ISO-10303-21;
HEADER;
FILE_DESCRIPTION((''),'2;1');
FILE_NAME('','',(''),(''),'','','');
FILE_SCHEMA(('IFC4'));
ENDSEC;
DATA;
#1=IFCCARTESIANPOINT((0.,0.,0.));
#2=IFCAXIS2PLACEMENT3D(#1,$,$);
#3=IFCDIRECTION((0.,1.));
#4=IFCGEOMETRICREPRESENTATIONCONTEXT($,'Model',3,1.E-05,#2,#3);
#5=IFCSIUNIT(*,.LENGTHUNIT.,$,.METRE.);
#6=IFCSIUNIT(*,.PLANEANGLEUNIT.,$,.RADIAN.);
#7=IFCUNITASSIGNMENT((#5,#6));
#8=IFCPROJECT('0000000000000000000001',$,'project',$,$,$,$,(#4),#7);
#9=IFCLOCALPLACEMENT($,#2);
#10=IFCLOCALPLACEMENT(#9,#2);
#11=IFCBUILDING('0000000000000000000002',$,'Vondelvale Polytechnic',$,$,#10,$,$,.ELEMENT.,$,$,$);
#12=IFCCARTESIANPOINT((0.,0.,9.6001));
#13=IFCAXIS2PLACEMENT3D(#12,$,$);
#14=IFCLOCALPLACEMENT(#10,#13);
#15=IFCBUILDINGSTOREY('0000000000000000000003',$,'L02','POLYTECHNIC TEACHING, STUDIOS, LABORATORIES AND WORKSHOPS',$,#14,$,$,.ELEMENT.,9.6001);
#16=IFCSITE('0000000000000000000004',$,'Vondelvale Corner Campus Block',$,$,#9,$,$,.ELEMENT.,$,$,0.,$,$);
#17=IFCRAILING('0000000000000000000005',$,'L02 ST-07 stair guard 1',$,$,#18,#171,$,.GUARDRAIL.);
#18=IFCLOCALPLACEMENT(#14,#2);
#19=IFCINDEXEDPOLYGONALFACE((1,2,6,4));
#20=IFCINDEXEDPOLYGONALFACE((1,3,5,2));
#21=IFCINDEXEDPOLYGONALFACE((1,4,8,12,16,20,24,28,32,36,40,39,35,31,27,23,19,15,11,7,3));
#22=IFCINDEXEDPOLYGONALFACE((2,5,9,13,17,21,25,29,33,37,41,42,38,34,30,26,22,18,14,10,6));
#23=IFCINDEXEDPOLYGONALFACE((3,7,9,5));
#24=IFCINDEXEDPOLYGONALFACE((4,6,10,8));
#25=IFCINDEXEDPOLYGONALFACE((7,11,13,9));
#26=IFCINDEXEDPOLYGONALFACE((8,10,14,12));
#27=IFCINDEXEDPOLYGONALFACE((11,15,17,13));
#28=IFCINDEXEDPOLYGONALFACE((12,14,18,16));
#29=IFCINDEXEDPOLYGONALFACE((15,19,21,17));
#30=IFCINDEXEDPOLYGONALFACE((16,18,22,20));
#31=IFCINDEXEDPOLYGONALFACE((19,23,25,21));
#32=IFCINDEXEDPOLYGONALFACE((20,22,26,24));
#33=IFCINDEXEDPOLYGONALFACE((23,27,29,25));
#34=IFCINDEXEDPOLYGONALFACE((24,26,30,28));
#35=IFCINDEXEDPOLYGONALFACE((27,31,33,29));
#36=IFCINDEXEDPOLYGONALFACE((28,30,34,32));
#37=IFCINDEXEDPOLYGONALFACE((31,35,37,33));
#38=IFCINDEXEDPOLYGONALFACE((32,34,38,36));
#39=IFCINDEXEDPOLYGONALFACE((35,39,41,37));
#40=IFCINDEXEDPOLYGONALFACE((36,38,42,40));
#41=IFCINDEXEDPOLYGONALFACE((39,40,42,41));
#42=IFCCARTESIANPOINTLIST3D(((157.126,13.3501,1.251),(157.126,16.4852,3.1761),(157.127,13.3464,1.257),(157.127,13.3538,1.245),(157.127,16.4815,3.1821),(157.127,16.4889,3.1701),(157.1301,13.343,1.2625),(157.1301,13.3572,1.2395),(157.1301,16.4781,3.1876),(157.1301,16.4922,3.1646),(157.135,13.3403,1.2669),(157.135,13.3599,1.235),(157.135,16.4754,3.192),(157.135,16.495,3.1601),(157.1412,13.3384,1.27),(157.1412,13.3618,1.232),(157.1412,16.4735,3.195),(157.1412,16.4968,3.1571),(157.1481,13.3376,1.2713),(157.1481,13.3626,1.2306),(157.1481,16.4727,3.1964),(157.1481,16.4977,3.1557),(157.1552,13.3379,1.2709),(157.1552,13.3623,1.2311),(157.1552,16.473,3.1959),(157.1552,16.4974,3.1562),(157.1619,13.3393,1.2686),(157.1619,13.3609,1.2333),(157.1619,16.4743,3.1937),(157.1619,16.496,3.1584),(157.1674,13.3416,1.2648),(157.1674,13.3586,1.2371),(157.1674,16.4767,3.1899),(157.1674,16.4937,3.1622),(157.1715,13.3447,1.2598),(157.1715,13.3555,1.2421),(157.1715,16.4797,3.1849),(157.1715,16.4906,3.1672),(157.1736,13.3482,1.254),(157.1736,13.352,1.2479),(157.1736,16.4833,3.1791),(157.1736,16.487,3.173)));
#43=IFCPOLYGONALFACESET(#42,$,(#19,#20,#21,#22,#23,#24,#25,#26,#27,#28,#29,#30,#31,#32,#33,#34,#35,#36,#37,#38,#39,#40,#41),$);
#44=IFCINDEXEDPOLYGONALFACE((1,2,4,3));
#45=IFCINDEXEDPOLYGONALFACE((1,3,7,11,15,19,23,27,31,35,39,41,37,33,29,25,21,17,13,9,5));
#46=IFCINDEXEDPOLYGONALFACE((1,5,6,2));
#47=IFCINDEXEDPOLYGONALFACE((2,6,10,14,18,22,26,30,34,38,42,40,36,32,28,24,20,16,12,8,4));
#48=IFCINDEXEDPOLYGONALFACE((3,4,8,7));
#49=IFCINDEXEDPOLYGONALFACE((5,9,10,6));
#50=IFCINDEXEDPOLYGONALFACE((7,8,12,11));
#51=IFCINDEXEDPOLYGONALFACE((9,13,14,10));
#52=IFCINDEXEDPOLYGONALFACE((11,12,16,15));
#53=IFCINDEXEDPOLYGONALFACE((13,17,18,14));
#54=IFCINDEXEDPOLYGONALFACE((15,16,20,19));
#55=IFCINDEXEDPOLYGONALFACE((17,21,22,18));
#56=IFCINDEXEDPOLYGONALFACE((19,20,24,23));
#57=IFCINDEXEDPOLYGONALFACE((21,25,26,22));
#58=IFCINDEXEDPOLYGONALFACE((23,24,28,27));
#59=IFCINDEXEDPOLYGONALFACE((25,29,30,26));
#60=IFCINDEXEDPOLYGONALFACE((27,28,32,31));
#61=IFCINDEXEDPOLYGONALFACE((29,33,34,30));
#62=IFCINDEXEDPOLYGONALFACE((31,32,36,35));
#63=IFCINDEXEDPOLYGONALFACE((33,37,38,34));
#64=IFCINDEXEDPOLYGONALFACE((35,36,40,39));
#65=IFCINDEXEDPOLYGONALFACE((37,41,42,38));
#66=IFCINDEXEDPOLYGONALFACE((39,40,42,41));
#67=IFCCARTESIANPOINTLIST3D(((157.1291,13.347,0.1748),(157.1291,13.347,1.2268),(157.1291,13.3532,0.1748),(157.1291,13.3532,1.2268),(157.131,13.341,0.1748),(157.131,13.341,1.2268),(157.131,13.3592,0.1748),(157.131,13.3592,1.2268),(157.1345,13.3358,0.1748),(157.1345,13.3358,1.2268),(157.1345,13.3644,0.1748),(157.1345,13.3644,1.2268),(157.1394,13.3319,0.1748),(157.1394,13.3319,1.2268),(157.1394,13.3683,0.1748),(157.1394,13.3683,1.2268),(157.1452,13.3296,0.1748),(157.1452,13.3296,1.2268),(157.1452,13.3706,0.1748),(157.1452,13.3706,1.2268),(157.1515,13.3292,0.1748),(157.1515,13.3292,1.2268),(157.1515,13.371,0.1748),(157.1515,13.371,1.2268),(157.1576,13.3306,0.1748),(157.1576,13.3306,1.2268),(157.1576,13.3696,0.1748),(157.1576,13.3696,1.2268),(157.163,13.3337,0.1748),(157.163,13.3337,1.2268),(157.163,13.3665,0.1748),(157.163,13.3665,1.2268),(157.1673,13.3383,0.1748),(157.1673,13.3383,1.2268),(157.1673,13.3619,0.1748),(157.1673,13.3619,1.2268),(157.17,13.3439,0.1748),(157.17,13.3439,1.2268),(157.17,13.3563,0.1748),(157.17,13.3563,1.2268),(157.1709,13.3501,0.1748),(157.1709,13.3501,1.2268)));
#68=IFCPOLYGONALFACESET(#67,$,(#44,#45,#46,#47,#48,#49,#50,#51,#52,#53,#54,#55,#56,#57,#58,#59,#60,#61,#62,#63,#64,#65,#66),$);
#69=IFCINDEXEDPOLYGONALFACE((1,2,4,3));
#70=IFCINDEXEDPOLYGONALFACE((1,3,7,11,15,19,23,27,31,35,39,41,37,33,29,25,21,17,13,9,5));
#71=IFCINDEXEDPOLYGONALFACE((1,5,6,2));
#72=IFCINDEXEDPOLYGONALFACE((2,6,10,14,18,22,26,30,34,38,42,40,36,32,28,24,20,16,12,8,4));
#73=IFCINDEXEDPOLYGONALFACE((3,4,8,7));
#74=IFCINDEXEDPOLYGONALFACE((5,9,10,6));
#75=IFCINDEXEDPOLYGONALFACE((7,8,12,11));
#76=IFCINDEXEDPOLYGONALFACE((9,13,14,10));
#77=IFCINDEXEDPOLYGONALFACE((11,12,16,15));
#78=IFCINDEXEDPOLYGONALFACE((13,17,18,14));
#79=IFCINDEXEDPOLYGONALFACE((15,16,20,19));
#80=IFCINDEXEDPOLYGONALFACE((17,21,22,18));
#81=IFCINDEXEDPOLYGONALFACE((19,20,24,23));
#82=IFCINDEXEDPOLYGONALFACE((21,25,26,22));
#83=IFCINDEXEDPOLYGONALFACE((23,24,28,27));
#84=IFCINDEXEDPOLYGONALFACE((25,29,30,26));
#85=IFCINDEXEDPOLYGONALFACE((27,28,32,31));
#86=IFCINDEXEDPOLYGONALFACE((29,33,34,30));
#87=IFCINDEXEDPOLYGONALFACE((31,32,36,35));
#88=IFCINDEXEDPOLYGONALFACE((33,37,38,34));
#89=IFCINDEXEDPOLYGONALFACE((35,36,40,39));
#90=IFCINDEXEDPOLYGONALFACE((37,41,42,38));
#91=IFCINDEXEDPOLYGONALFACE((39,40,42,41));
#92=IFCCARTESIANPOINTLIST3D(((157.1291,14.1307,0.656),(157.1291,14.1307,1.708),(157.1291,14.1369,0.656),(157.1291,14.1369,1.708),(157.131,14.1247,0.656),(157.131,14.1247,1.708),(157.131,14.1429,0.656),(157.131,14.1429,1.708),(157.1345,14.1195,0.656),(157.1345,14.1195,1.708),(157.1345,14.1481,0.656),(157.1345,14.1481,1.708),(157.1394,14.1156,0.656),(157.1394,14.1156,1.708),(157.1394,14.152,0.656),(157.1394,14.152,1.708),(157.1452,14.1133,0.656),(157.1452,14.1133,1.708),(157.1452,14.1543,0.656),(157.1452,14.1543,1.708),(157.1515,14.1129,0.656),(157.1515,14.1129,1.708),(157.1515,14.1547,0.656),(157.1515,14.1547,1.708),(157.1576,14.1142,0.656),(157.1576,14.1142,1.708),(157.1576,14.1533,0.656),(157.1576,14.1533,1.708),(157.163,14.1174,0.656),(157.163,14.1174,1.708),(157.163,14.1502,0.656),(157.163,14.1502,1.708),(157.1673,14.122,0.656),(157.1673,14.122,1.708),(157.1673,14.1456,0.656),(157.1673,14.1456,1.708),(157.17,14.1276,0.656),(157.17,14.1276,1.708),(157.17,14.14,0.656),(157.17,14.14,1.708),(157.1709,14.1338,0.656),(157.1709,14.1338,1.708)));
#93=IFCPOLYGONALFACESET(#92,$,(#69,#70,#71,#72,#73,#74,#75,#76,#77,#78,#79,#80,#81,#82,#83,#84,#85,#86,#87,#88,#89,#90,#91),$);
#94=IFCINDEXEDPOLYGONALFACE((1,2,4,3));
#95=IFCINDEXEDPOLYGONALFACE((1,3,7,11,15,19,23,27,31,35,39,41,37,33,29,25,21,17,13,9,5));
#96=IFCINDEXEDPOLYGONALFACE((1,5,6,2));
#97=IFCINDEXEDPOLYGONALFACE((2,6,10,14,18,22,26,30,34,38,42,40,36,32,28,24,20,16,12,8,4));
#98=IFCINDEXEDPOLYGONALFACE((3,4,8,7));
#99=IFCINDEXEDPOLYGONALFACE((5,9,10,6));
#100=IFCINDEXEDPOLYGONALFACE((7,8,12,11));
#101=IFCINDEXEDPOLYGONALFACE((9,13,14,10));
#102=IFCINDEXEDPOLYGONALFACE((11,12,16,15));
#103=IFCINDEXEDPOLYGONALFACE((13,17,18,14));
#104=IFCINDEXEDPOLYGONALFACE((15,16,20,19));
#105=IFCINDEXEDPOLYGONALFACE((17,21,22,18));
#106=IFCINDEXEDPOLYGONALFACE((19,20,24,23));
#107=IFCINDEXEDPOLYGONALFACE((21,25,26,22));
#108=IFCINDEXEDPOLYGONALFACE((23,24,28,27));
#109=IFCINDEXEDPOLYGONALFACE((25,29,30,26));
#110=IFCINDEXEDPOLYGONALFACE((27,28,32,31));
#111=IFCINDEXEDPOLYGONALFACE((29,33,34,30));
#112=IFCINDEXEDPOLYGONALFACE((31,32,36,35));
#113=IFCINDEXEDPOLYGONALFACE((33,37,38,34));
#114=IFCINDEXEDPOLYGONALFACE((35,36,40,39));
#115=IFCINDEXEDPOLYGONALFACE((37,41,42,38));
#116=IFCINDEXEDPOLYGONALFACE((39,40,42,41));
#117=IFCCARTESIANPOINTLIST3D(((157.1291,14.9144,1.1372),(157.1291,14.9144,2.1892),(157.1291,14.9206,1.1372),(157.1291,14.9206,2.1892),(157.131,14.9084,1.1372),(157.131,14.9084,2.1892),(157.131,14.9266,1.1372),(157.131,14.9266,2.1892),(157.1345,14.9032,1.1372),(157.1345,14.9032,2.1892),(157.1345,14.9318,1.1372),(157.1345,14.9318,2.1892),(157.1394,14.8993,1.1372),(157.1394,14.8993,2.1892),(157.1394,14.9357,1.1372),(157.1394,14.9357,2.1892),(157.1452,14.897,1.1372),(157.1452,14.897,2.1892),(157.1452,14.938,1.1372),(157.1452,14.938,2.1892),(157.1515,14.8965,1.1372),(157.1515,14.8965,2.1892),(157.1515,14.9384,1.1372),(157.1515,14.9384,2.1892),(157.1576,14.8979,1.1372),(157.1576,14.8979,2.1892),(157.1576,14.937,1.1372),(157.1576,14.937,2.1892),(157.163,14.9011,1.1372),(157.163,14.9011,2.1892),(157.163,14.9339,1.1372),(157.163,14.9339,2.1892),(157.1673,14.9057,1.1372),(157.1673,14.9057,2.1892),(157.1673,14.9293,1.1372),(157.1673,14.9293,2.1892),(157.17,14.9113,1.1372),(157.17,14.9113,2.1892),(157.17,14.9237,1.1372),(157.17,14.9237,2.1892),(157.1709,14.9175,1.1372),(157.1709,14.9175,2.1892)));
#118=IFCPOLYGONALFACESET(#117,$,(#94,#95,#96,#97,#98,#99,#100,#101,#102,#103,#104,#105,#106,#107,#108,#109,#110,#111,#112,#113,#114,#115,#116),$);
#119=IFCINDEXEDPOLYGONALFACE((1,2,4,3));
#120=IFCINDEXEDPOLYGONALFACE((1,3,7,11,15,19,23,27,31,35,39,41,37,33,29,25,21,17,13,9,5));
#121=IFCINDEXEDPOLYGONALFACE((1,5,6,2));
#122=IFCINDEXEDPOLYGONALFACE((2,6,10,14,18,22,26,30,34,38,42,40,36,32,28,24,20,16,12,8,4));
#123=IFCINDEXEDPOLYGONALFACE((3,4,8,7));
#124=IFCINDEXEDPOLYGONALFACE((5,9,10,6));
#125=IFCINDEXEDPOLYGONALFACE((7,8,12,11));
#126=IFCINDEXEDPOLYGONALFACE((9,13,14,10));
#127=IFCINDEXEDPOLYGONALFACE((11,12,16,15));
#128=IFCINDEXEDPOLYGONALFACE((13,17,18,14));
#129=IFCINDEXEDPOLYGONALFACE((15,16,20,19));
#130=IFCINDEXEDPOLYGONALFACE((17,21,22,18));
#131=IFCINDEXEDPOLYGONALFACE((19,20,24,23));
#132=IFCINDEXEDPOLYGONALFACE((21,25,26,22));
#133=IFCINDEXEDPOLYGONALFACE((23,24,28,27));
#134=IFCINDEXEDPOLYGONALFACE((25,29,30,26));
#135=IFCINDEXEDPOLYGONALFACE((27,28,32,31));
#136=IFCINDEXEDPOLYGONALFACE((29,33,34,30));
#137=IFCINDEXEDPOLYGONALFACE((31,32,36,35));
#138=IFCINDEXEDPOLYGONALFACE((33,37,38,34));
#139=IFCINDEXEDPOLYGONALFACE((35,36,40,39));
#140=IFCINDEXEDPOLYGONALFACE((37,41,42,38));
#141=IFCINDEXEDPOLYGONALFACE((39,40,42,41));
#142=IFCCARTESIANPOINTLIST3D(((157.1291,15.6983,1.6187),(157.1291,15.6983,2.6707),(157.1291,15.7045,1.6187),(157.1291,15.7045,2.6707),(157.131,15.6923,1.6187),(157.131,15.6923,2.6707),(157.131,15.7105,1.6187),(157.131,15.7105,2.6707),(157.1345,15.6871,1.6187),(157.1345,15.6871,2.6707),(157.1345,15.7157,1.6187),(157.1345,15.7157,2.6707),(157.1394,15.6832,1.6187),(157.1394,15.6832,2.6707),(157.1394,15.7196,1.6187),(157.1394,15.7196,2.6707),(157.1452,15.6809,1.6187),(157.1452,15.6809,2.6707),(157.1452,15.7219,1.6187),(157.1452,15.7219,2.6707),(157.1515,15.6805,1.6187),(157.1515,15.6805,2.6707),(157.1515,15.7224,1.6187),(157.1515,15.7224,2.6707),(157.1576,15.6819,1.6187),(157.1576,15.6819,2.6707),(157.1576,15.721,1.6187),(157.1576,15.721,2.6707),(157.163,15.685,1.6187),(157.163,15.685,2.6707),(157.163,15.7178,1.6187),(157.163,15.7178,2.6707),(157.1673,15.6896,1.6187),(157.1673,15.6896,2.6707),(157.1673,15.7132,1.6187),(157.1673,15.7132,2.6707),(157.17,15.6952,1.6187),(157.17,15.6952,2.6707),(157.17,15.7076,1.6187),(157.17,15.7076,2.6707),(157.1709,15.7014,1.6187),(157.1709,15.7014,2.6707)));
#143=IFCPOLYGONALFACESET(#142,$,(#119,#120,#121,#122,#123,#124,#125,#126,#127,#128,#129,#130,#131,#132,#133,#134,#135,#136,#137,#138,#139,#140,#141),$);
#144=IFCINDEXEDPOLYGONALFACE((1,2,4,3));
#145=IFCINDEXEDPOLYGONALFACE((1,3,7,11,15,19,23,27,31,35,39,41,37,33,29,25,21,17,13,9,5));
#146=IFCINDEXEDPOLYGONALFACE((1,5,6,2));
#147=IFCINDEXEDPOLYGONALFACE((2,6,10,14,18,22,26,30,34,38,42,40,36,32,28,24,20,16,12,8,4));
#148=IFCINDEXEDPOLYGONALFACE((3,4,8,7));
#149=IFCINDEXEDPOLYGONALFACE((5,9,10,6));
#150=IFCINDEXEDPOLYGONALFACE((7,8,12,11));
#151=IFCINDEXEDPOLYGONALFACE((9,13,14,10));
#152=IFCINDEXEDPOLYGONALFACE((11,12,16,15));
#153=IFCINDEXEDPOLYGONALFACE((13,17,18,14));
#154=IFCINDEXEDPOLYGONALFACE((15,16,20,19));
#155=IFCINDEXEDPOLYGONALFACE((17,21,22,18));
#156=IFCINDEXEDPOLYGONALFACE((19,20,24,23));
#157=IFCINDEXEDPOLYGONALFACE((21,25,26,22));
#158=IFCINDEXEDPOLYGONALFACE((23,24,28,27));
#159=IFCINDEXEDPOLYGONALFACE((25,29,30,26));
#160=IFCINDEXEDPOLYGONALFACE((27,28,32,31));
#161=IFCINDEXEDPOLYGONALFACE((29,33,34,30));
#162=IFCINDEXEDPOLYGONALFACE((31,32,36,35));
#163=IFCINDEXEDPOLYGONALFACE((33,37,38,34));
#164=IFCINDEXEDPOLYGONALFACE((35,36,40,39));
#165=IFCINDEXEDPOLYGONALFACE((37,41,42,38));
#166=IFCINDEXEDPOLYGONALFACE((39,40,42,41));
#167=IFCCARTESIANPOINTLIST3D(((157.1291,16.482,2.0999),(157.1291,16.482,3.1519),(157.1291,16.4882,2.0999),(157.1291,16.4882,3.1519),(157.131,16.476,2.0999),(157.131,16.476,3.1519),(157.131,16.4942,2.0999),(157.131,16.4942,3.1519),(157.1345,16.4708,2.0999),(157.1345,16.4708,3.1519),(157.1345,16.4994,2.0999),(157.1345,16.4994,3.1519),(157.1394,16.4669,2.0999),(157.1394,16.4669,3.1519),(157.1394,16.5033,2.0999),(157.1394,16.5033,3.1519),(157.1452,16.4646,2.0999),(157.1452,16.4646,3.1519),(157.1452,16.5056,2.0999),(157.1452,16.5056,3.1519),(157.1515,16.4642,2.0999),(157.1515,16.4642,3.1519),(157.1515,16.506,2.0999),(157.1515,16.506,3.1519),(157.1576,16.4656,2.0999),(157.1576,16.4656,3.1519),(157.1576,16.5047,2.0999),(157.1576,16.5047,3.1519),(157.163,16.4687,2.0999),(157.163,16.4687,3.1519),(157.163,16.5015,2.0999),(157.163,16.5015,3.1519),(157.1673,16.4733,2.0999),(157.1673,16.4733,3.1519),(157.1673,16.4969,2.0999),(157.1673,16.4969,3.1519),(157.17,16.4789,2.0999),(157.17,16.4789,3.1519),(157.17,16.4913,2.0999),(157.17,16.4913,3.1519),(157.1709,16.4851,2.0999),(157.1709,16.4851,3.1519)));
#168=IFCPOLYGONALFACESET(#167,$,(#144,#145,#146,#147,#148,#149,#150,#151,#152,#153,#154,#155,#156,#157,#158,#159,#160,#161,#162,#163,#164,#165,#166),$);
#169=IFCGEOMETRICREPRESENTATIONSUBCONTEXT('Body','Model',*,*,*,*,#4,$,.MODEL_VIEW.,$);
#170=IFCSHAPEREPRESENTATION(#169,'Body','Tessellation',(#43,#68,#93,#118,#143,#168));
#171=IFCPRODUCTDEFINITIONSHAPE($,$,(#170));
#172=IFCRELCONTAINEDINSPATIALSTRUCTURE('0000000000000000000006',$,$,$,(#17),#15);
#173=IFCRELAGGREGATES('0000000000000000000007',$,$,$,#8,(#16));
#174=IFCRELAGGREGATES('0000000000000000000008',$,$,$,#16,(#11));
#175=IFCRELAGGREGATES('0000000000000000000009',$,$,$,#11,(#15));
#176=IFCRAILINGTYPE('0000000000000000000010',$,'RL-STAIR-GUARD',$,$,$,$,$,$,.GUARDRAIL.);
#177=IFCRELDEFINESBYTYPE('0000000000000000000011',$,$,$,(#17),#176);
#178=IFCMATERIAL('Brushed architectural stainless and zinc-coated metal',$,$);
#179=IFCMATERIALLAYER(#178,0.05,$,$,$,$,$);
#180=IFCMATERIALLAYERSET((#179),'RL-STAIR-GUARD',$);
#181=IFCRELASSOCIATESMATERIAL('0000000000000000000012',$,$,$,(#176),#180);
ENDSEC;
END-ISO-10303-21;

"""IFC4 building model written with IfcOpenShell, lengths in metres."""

from ifc_helpers import new_model, si_unit, direction, frame, origin, origin_2d, place, context, subcontext, project, spatial, circle, extrude, material, layer, layer_set, type_object, element, save


model = new_model("IFC4")

# Units and contexts
model_context = context("Model", 3, precision=1e-05, world=origin(), true_north=direction((0.0, 1.0)))
body_context = subcontext(model_context, "Body", "Model", "MODEL_VIEW")
ifc_project = project(units=[si_unit("LENGTHUNIT", "METRE"), si_unit("PLANEANGLEUNIT", "RADIAN")], contexts=[model_context])

# Site, building, storey
site_placement = place(None, origin())
site = spatial("IfcSite", under=ifc_project, at=site_placement, Name="Vondelvale Corner Campus Block", CompositionType="ELEMENT", RefElevation=0.0)
building_placement = place(site_placement, origin())
building = spatial("IfcBuilding", under=site, at=building_placement, Name="Vondelvale Polytechnic", CompositionType="ELEMENT")
storey_placement = place(building_placement, frame((0.0, 0.0, 9.6001)))
storey = spatial("IfcBuildingStorey", under=building, at=storey_placement, Name="L02", Description="POLYTECHNIC TEACHING, STUDIOS, LABORATORIES AND WORKSHOPS", CompositionType="ELEMENT", Elevation=9.6001)

# Railing
ifc_material_1 = material(Name="Brushed architectural stainless and zinc-coated metal")
ifc_layer_1 = layer(ifc_material_1, 0.05)
ifc_layer_set_1 = layer_set([ifc_layer_1], Name="RL-STAIR-GUARD")
railing_type_1 = type_object("IfcRailingType", Name="RL-STAIR-GUARD", PredefinedType="GUARDRAIL", material=ifc_layer_set_1)
railing_1_placement = place(storey_placement, frame((157.1499, 13.3501, 0.1748)))
element("IfcRailing", 1, at=railing_1_placement, inside=storey, type_object=railing_type_1, Name="L02 ST-07 stair guard 1", PredefinedType="GUARDRAIL", context=body_context, shape_type="SweptSolid", body=[
    extrude(circle(Radius=0.0239, at=origin_2d()), frame((0.0, 0.0, 1.0762), z_axis=(0.0, 0.852166, 0.523271), x_axis=(-1.0, 0.0, 0.0)), (0.0, 0.0, 1.0), 3.679),
    extrude(circle(Radius=0.021, at=origin_2d()), origin(), (0.0, 0.0, 1.0), 1.052),
    extrude(circle(Radius=0.021, at=origin_2d()), frame((0.0, 0.7837, 0.4812)), (0.0, 0.0, 1.0), 1.052),
    extrude(circle(Radius=0.021, at=origin_2d()), frame((0.0, 1.5674, 0.9624)), (0.0, 0.0, 1.0), 1.052),
    extrude(circle(Radius=0.021, at=origin_2d()), frame((0.0, 2.3513, 1.4438)), (0.0, 0.0, 1.0), 1.052),
    extrude(circle(Radius=0.021, at=origin_2d()), frame((0.0, 3.135, 1.925)), (0.0, 0.0, 1.0), 1.052),
])

save(model, "model.ifc")
